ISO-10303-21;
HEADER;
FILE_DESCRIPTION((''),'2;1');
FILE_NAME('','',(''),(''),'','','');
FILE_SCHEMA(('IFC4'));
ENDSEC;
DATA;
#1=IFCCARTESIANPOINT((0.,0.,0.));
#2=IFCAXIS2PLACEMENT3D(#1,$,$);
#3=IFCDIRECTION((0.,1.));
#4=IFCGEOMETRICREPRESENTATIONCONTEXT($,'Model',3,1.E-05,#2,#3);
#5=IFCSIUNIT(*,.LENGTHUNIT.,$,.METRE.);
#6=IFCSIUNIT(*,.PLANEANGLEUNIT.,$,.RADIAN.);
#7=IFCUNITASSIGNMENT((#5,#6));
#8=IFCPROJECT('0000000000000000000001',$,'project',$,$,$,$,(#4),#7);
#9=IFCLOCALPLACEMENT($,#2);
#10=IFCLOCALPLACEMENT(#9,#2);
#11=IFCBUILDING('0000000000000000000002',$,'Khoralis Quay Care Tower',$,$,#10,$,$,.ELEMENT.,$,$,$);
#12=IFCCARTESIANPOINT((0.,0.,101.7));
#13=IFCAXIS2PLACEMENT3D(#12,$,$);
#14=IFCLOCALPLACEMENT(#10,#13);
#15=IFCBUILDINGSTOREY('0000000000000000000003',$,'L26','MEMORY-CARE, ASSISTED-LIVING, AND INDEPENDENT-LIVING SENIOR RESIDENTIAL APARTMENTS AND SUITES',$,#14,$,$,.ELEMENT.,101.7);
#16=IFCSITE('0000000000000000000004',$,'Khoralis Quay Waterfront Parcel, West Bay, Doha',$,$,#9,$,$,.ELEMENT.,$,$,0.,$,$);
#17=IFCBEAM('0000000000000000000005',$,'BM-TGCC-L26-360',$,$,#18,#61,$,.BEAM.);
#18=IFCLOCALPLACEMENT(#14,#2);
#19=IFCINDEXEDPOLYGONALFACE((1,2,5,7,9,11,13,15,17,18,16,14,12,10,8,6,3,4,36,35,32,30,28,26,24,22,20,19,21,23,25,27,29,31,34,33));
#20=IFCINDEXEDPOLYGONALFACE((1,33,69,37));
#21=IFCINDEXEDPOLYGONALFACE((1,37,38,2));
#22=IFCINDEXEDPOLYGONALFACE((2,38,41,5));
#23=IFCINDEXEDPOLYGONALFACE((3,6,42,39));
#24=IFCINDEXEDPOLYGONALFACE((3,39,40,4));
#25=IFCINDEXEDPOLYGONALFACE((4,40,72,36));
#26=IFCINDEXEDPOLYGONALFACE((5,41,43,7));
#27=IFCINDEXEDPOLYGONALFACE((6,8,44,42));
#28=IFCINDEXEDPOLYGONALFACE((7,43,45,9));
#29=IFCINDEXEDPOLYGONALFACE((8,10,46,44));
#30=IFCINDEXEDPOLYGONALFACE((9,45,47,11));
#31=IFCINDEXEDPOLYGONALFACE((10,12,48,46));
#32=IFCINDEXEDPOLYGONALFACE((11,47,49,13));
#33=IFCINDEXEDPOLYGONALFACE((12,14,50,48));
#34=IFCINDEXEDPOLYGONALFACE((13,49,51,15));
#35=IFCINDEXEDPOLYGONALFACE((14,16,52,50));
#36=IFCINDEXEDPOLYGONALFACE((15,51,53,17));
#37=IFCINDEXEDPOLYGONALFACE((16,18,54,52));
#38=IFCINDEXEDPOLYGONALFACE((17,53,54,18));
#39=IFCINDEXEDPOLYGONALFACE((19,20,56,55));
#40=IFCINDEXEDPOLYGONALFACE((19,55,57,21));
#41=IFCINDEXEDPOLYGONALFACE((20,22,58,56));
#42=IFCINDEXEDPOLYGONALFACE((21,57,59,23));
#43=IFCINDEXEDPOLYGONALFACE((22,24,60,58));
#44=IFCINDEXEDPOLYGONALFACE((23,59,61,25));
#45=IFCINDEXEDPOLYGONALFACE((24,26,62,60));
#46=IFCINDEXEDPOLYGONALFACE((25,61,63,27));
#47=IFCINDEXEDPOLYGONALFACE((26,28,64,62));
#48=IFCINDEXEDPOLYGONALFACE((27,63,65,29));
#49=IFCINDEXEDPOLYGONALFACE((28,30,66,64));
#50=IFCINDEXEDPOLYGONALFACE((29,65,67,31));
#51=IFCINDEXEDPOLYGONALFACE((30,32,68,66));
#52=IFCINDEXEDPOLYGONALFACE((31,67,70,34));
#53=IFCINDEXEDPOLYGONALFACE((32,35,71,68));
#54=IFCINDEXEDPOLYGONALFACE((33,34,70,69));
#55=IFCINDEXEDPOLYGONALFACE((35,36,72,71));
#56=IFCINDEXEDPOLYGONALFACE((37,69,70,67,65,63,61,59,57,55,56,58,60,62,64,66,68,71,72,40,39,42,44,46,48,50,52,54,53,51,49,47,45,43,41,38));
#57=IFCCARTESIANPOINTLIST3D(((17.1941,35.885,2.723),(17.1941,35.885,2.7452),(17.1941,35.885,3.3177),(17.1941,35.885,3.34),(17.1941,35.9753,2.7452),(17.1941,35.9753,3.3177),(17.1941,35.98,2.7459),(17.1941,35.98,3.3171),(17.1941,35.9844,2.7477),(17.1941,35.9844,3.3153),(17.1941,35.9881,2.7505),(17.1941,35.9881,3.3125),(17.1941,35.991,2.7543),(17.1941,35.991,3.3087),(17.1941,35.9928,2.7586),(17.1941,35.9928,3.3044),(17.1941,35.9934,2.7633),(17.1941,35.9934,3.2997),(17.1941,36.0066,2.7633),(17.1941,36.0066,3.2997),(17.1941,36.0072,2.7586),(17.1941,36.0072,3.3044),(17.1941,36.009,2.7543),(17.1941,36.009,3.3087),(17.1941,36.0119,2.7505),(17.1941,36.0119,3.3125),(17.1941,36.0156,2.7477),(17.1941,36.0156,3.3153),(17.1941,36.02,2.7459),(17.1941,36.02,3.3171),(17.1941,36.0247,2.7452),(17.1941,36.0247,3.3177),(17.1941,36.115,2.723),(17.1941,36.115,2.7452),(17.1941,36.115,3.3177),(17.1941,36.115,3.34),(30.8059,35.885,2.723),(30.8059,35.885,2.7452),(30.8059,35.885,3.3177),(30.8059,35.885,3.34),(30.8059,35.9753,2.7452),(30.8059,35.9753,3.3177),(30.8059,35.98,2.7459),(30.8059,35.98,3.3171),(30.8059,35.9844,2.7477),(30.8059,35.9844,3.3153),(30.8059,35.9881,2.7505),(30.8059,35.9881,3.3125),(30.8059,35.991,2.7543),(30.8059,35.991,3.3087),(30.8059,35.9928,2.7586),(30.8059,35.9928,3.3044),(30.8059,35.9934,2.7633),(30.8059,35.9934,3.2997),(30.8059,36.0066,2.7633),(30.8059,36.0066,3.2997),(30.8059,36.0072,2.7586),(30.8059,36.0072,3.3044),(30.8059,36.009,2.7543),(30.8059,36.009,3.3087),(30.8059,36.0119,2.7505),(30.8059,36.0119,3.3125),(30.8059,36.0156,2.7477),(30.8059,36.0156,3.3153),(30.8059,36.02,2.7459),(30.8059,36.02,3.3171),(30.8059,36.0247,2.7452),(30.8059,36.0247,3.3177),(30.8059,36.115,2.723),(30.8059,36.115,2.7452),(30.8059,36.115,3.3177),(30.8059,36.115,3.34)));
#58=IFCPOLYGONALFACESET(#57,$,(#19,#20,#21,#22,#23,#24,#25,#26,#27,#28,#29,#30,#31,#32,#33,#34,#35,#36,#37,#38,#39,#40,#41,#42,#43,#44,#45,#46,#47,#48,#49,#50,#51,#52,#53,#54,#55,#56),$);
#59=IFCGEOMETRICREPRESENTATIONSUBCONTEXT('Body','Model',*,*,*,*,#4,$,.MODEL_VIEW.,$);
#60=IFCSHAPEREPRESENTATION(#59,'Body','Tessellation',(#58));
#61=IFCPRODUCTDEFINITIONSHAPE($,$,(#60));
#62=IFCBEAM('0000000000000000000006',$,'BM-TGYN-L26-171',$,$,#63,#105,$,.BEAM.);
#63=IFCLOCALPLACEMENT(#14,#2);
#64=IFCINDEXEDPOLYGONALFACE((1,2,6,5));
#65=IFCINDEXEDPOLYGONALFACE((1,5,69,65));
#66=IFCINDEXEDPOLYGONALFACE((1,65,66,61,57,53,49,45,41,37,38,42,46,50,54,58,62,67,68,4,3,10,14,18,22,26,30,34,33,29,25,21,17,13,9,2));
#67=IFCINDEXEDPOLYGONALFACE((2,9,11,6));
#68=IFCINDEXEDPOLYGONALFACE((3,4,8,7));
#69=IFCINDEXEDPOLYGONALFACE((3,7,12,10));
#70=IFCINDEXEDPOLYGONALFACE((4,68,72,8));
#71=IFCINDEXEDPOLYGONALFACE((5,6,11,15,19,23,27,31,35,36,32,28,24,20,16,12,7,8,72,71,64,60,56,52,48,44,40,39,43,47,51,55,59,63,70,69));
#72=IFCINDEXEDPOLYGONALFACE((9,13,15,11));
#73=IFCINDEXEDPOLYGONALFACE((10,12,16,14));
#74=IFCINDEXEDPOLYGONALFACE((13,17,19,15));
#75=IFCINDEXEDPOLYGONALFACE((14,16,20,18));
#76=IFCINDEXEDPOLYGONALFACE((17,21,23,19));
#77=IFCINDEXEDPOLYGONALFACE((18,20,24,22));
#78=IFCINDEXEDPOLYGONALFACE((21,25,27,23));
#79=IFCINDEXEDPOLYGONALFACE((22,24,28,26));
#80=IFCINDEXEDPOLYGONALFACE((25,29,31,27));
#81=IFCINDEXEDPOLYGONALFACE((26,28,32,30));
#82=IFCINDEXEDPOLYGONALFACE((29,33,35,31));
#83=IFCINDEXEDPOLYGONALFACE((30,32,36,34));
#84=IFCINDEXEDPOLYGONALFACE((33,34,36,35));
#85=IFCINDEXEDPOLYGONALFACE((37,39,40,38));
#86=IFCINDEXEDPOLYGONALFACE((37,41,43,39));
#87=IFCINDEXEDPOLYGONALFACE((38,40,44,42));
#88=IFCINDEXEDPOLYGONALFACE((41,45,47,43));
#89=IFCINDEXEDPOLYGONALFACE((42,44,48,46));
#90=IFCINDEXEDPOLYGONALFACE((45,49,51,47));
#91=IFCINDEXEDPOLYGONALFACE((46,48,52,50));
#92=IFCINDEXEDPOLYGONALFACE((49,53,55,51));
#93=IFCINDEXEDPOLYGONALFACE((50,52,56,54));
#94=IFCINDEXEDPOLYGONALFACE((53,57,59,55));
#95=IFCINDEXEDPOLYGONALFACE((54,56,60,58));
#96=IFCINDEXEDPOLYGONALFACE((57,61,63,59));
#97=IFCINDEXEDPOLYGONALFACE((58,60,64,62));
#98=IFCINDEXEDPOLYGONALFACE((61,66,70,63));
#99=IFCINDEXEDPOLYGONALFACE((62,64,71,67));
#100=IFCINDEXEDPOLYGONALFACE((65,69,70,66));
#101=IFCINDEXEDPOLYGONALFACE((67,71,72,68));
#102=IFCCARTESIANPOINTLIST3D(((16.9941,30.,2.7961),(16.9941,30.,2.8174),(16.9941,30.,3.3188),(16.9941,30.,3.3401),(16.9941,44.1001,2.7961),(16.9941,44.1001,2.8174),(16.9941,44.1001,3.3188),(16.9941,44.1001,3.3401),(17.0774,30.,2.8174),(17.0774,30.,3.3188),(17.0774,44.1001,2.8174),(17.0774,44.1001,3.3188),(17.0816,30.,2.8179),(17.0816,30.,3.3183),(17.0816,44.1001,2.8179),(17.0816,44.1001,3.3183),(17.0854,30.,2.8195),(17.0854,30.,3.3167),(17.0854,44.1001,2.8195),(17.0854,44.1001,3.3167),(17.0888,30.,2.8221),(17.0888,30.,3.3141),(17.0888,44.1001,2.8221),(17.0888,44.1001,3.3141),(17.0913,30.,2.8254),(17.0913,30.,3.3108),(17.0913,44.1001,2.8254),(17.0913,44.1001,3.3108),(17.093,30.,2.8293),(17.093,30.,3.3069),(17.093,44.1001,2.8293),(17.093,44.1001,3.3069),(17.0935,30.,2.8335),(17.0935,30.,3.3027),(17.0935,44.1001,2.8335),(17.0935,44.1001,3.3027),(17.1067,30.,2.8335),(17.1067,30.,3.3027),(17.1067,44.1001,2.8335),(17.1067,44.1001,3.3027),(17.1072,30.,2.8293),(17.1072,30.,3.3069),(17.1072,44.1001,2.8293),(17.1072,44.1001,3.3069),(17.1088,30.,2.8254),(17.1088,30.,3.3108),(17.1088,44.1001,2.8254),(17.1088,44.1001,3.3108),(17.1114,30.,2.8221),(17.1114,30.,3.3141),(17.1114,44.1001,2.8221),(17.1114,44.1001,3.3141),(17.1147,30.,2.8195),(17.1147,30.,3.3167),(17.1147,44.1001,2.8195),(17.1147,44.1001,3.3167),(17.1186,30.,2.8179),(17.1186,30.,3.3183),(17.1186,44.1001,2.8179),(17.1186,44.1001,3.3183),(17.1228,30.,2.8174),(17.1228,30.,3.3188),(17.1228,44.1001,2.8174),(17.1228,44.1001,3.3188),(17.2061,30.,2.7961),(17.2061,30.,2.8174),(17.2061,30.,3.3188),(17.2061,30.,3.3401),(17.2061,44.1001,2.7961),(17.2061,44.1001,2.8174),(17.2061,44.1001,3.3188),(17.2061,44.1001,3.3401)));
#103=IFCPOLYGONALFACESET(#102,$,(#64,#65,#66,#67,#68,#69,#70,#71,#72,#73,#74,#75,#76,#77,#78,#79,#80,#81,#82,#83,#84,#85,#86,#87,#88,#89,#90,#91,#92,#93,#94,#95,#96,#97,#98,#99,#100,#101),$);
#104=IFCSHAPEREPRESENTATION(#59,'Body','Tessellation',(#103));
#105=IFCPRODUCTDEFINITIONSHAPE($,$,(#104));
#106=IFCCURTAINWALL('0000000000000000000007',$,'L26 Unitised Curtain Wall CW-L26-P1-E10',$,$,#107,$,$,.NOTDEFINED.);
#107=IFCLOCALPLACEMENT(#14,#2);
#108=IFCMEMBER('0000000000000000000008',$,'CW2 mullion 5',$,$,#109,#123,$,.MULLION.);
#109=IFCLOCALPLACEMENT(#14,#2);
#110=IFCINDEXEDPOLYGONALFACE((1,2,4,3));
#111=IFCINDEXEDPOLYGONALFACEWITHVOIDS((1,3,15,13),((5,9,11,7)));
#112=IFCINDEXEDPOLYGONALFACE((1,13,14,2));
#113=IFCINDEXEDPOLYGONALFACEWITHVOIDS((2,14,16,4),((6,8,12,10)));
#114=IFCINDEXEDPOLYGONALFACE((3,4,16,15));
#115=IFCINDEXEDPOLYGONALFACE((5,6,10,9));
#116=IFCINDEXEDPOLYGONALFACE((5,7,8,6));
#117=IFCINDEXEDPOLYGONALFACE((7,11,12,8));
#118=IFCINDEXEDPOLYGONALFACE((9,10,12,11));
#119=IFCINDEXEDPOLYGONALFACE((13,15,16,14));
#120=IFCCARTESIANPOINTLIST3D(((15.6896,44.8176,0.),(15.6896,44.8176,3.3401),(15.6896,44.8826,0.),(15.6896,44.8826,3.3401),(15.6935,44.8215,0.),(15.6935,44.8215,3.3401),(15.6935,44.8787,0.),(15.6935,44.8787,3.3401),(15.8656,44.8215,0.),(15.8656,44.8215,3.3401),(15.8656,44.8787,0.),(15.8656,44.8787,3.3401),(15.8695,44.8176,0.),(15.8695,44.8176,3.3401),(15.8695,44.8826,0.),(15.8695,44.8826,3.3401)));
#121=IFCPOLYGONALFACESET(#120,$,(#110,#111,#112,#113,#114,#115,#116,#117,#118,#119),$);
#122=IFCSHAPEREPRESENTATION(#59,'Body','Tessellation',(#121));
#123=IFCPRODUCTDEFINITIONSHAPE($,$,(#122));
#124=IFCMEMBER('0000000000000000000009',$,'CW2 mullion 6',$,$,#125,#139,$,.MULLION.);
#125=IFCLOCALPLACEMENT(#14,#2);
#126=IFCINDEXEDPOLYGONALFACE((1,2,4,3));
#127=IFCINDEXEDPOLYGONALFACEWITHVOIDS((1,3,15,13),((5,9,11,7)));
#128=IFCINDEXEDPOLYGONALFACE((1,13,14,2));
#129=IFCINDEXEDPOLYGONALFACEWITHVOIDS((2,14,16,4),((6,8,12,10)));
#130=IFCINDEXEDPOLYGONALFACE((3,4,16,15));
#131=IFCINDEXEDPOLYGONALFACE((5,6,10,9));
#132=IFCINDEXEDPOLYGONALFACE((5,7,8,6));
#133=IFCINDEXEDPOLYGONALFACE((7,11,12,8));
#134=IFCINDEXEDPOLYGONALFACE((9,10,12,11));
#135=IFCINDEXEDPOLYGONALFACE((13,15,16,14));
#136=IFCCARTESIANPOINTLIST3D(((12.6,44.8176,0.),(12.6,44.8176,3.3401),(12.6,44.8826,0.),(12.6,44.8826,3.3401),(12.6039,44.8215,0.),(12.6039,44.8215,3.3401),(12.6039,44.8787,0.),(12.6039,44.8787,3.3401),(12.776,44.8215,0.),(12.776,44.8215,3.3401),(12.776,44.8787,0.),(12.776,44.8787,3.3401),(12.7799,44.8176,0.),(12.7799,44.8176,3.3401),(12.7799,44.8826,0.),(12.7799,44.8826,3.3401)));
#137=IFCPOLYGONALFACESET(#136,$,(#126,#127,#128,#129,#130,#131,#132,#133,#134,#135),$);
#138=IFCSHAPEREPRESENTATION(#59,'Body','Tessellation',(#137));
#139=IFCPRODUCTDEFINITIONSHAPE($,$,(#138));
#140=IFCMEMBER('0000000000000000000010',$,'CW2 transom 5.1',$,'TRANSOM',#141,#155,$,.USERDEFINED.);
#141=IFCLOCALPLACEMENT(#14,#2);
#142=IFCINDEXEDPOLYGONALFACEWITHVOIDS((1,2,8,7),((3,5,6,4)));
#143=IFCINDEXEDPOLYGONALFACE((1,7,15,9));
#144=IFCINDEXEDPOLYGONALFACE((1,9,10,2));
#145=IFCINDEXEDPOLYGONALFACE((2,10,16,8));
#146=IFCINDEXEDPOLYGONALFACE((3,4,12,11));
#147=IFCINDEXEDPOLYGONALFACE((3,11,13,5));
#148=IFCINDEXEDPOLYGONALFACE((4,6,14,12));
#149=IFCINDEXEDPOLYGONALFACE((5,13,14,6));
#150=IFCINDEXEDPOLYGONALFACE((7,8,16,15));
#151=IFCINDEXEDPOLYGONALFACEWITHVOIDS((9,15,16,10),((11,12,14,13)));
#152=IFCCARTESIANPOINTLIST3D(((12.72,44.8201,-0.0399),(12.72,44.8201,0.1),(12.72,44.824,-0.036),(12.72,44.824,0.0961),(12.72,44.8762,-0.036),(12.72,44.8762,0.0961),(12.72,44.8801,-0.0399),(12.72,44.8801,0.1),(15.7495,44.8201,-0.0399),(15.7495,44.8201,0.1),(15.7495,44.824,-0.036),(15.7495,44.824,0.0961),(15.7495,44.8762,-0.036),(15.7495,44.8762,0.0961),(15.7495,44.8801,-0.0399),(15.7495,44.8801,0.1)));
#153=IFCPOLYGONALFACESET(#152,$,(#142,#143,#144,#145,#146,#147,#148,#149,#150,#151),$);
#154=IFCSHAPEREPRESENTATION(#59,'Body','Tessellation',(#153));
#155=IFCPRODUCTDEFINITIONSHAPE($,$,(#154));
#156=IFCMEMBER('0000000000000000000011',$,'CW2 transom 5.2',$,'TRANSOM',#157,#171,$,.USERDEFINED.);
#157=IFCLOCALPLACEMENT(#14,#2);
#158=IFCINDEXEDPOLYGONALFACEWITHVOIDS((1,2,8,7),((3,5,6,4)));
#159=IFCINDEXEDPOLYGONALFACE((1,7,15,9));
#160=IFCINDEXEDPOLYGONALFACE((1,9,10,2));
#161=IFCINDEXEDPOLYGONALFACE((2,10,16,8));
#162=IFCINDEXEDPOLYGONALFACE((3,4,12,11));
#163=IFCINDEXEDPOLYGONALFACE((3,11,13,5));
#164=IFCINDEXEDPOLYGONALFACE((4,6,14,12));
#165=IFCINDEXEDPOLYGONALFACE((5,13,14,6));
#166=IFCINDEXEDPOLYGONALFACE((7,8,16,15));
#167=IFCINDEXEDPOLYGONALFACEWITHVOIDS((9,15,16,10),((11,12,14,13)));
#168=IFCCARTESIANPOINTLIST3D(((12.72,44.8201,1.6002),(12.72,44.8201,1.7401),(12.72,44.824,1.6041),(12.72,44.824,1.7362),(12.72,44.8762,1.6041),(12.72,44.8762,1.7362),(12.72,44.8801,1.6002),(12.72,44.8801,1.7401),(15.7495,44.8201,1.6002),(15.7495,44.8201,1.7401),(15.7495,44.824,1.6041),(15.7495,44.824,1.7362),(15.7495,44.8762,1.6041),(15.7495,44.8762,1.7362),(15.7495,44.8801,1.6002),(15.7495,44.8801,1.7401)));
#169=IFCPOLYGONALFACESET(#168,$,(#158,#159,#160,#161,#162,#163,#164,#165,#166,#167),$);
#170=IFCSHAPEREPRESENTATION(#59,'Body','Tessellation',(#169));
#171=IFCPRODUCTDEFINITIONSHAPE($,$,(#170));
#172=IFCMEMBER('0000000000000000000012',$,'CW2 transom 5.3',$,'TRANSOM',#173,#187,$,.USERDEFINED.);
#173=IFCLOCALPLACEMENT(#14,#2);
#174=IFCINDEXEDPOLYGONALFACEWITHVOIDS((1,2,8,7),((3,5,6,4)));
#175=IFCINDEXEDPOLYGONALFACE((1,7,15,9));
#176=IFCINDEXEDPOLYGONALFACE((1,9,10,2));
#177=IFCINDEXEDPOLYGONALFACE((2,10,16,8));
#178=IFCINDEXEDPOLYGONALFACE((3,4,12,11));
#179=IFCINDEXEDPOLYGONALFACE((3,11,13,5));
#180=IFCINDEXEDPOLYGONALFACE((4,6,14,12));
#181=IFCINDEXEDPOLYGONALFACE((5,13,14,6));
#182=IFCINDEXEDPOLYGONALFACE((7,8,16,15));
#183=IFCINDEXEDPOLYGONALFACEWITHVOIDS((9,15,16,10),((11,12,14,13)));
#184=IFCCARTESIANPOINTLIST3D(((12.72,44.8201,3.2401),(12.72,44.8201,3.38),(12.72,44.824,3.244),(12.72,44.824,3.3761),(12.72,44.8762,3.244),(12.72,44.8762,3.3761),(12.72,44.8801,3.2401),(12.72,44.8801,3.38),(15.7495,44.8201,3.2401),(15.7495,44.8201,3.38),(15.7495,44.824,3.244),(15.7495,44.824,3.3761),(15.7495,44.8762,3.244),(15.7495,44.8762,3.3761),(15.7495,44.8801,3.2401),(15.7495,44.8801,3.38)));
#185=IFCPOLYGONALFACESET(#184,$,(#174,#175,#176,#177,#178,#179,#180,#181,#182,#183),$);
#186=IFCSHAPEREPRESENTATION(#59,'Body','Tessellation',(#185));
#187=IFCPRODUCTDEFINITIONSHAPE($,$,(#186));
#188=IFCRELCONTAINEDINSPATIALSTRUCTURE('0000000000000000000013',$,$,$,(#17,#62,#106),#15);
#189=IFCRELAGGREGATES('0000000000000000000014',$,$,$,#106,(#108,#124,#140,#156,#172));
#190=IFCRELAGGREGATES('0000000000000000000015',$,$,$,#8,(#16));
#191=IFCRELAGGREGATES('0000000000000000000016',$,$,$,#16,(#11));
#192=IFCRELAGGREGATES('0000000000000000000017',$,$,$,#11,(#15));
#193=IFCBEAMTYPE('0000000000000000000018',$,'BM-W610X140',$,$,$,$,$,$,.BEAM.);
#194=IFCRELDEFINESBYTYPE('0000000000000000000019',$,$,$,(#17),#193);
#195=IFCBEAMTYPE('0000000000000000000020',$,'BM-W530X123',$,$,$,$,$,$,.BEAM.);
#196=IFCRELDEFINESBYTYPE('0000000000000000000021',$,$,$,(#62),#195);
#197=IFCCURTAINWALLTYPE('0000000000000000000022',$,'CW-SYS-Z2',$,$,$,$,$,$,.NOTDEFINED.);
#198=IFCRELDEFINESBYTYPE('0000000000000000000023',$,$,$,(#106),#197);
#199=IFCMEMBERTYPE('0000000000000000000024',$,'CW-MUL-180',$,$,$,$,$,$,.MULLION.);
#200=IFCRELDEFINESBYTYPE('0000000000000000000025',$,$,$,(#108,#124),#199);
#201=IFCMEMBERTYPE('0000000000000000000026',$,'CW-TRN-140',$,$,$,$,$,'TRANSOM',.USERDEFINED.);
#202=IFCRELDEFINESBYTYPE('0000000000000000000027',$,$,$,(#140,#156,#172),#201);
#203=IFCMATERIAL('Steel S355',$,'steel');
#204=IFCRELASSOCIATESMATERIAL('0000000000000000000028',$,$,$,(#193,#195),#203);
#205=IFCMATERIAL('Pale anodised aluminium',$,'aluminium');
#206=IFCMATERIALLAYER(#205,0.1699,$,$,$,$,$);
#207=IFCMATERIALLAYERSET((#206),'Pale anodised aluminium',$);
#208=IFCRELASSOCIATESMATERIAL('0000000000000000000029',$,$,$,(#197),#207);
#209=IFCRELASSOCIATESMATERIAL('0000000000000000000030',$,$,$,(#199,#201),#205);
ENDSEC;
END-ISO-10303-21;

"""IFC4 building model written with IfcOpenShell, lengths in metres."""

from ifc_helpers import new_model, si_unit, direction, frame, origin, origin_2d, place, context, subcontext, project, spatial, hollow_rectangle, i_section, extrude, source, transform, mapped, material, layer, layer_set, material_profile, profile_set, type_object, element, aggregate, save


model = new_model("IFC4")

# Units and contexts
model_context = context("Model", 3, precision=1e-05, world=origin(), true_north=direction((0.0, 1.0)))
body_context = subcontext(model_context, "Body", "Model", "MODEL_VIEW")
ifc_project = project(units=[si_unit("LENGTHUNIT", "METRE"), si_unit("PLANEANGLEUNIT", "RADIAN")], contexts=[model_context])

# Site, building, storey
site_placement = place(None, origin())
site = spatial("IfcSite", under=ifc_project, at=site_placement, Name="Khoralis Quay Waterfront Parcel, West Bay, Doha", CompositionType="ELEMENT", RefElevation=0.0)
building_placement = place(site_placement, origin())
building = spatial("IfcBuilding", under=site, at=building_placement, Name="Khoralis Quay Care Tower", CompositionType="ELEMENT")
storey_placement = place(building_placement, frame((0.0, 0.0, 101.7)))
storey = spatial("IfcBuildingStorey", under=building, at=storey_placement, Name="L26", Description="MEMORY-CARE, ASSISTED-LIVING, AND INDEPENDENT-LIVING SENIOR RESIDENTIAL APARTMENTS AND SUITES", CompositionType="ELEMENT", Elevation=101.7)

# Beams
ifc_material_1 = material(Name="Steel S355", Category="steel")
ifc_material_profile_1 = material_profile(ifc_material_1, i_section(OverallWidth=0.23, OverallDepth=0.6169, WebThickness=0.0132, FlangeThickness=0.0222, FilletRadius=0.0181, at=origin_2d()), Name="Steel S355")
ifc_profile_set_1 = profile_set([ifc_material_profile_1], Name="Steel S355")
beam_type_1 = type_object("IfcBeamType", Name="BM-W610X140", PredefinedType="BEAM", material=ifc_profile_set_1)
shared_shape_1 = source(origin(), body_context, "Body", "SweptSolid", [
    extrude(i_section(OverallWidth=0.23, OverallDepth=0.6169, WebThickness=0.0132, FlangeThickness=0.0222, FilletRadius=0.0181, at=origin_2d()), origin(), (0.0, 0.0, 1.0), 13.6118),
])
beam_1_placement = place(storey_placement, frame((17.1941, 36.0, 3.0315), z_axis=(1.0, 0.0, 0.0), x_axis=(0.0, 1.0, 0.0)))
element("IfcBeam", 1, at=beam_1_placement, inside=storey, type_object=beam_type_1, Name="BM-TGCC-L26-360", PredefinedType="BEAM", context=body_context, shape_type="MappedRepresentation", body=[
    mapped(shared_shape_1, transform((0.0, 0.0, 0.0), scale=1.0)),
])
ifc_material_profile_2 = material_profile(ifc_material_1, i_section(OverallWidth=0.2119, OverallDepth=0.5439, WebThickness=0.0132, FlangeThickness=0.0212, FilletRadius=0.0161, at=origin_2d()), Name="Steel S355")
ifc_profile_set_2 = profile_set([ifc_material_profile_2], Name="Steel S355")
beam_type_2 = type_object("IfcBeamType", Name="BM-W530X123", PredefinedType="BEAM", material=ifc_profile_set_2)
shared_shape_2 = source(origin(), body_context, "Body", "SweptSolid", [
    extrude(i_section(OverallWidth=0.2119, OverallDepth=0.5439, WebThickness=0.0132, FlangeThickness=0.0212, FilletRadius=0.0161, at=origin_2d()), origin(), (0.0, 0.0, 1.0), 14.1001),
])
beam_2_placement = place(storey_placement, frame((17.1001, 30.0, 3.0681), z_axis=(0.0, 1.0, 0.0), x_axis=(-1.0, 0.0, 0.0)))
element("IfcBeam", 2, at=beam_2_placement, inside=storey, type_object=beam_type_2, Name="BM-TGYN-L26-171", PredefinedType="BEAM", context=body_context, shape_type="MappedRepresentation", body=[
    mapped(shared_shape_2, transform((0.0, 0.0, 0.0), scale=1.0)),
])

# Curtain wall, members
ifc_material_2 = material(Name="Pale anodised aluminium", Category="aluminium")
ifc_layer_1 = layer(ifc_material_2, 0.1699)
ifc_layer_set_1 = layer_set([ifc_layer_1], Name="Pale anodised aluminium")
curtain_wall_type = type_object("IfcCurtainWallType", Name="CW-SYS-Z2", PredefinedType="NOTDEFINED", material=ifc_layer_set_1)
curtain_wall_placement = place(storey_placement, origin())
curtain_wall = element("IfcCurtainWall", 3, at=curtain_wall_placement, inside=storey, type_object=curtain_wall_type, Name="L26 Unitised Curtain Wall CW-L26-P1-E10", PredefinedType="NOTDEFINED")
ifc_material_profile_3 = material_profile(ifc_material_2, hollow_rectangle(XDim=0.0649, YDim=0.1799, WallThickness=0.0039, at=origin_2d()), Name="Pale anodised aluminium")
ifc_profile_set_3 = profile_set([ifc_material_profile_3], Name="Pale anodised aluminium")
member_type_1 = type_object("IfcMemberType", Name="CW-MUL-180", PredefinedType="MULLION", material=ifc_profile_set_3)
shared_shape_3 = source(origin(), body_context, "Body", "SweptSolid", [
    extrude(hollow_rectangle(XDim=0.0649, YDim=0.1799, WallThickness=0.0039, at=origin_2d()), origin(), (0.0, 0.0, 1.0), 3.3401),
])
member_1_placement = place(storey_placement, frame((15.7795, 44.8501, 0.0), z_axis=(0.0, 0.0, 1.0), x_axis=(0.0, -1.0, 0.0)))
member_1 = element("IfcMember", 4, at=member_1_placement, type_object=member_type_1, Name="CW2 mullion 5", PredefinedType="MULLION", context=body_context, shape_type="MappedRepresentation", body=[
    mapped(shared_shape_3, transform((0.0, 0.0, 0.0), scale=1.0)),
])
member_2_placement = place(storey_placement, frame((12.6899, 44.8501, 0.0), z_axis=(0.0, 0.0, 1.0), x_axis=(0.0, -1.0, 0.0)))
member_2 = element("IfcMember", 5, at=member_2_placement, type_object=member_type_1, Name="CW2 mullion 6", PredefinedType="MULLION", context=body_context, shape_type="MappedRepresentation", body=[
    mapped(shared_shape_3, transform((0.0, 0.0, 0.0), scale=1.0)),
])
ifc_material_profile_4 = material_profile(ifc_material_2, hollow_rectangle(XDim=0.0601, YDim=0.1399, WallThickness=0.0039, at=origin_2d()), Name="Pale anodised aluminium")
ifc_profile_set_4 = profile_set([ifc_material_profile_4], Name="Pale anodised aluminium")
member_type_2 = type_object("IfcMemberType", Name="CW-TRN-140", ElementType="TRANSOM", PredefinedType="USERDEFINED", material=ifc_profile_set_4)
shared_shape_4 = source(origin(), body_context, "Body", "SweptSolid", [
    extrude(hollow_rectangle(XDim=0.0601, YDim=0.1399, WallThickness=0.0039, at=origin_2d()), origin(), (0.0, 0.0, 1.0), 3.0295),
])
member_3_placement = place(storey_placement, frame((15.7495, 44.8501, 0.03), z_axis=(-1.0, 0.0, 0.0), x_axis=(0.0, -1.0, 0.0)))
member_3 = element("IfcMember", 6, at=member_3_placement, type_object=member_type_2, Name="CW2 transom 5.1", ObjectType="TRANSOM", PredefinedType="USERDEFINED", context=body_context, shape_type="MappedRepresentation", body=[
    mapped(shared_shape_4, transform((0.0, 0.0, 0.0), scale=1.0)),
])
member_4_placement = place(storey_placement, frame((15.7495, 44.8501, 1.6702), z_axis=(-1.0, 0.0, 0.0), x_axis=(0.0, -1.0, 0.0)))
member_4 = element("IfcMember", 7, at=member_4_placement, type_object=member_type_2, Name="CW2 transom 5.2", ObjectType="TRANSOM", PredefinedType="USERDEFINED", context=body_context, shape_type="MappedRepresentation", body=[
    mapped(shared_shape_4, transform((0.0, 0.0, 0.0), scale=1.0)),
])
member_5_placement = place(storey_placement, frame((15.7495, 44.8501, 3.3101), z_axis=(-1.0, 0.0, 0.0), x_axis=(0.0, -1.0, 0.0)))
member_5 = element("IfcMember", 8, at=member_5_placement, type_object=member_type_2, Name="CW2 transom 5.3", ObjectType="TRANSOM", PredefinedType="USERDEFINED", context=body_context, shape_type="MappedRepresentation", body=[
    mapped(shared_shape_4, transform((0.0, 0.0, 0.0), scale=1.0)),
])
aggregate(curtain_wall, [member_1, member_2, member_3, member_4, member_5])

save(model, "model.ifc")
